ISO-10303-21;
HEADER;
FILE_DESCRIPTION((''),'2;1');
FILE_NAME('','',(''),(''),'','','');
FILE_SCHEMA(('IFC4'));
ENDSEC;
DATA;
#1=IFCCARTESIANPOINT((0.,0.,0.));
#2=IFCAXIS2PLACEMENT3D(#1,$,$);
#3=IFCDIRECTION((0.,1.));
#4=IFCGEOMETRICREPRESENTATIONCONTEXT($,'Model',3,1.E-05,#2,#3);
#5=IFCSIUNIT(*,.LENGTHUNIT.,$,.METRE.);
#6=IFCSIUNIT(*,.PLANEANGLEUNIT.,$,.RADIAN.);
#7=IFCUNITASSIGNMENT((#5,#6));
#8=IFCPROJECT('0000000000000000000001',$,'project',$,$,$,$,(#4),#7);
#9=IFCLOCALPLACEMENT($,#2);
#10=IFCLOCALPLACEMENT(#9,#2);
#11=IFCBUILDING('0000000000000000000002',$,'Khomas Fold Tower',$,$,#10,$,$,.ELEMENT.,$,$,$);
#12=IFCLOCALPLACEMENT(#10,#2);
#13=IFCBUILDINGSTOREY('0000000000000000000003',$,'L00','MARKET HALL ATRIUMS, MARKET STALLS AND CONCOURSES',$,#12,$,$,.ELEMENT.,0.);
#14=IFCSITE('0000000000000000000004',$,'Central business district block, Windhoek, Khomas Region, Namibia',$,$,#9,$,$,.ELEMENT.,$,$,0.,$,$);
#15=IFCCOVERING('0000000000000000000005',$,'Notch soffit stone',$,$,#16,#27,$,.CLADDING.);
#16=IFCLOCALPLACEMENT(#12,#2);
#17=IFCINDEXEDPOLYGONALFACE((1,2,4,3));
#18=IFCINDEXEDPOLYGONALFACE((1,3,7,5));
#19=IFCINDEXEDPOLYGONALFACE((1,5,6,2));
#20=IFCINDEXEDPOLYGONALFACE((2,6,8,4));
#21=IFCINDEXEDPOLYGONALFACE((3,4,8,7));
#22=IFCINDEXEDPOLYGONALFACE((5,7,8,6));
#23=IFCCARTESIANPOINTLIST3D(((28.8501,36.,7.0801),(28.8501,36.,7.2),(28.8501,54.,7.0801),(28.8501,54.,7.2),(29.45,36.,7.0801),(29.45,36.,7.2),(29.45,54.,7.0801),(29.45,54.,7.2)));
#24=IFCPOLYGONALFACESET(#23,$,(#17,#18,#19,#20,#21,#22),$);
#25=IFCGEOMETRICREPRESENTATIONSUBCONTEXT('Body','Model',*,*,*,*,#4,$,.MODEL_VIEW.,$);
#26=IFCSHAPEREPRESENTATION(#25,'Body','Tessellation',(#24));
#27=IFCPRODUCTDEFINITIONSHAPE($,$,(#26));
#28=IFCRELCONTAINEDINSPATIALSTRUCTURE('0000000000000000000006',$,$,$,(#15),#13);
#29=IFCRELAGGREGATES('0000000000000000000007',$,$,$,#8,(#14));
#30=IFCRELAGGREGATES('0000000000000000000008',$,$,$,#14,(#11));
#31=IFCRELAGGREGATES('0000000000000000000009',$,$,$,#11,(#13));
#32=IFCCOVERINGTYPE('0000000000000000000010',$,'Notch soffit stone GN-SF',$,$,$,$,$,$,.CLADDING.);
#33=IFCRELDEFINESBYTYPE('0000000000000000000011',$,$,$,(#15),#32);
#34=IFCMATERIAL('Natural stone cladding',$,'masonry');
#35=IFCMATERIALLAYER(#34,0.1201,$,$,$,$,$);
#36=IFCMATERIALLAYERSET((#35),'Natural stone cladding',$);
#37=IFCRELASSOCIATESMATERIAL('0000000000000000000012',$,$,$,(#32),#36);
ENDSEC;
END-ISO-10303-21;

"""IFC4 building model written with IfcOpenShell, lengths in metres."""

from ifc_helpers import new_model, si_unit, direction, frame, origin, place, context, subcontext, project, spatial, polyline, outline, extrude, source, transform, mapped, material, layer, layer_set, type_object, element, save


model = new_model("IFC4")

# Units and contexts
model_context = context("Model", 3, precision=1e-05, world=origin(), true_north=direction((0.0, 1.0)))
body_context = subcontext(model_context, "Body", "Model", "MODEL_VIEW")
ifc_project = project(units=[si_unit("LENGTHUNIT", "METRE"), si_unit("PLANEANGLEUNIT", "RADIAN")], contexts=[model_context])

# Site, building, storey
site_placement = place(None, origin())
site = spatial("IfcSite", under=ifc_project, at=site_placement, Name="Central business district block, Windhoek, Khomas Region, Namibia", CompositionType="ELEMENT", RefElevation=0.0)
building_placement = place(site_placement, origin())
building = spatial("IfcBuilding", under=site, at=building_placement, Name="Khomas Fold Tower", CompositionType="ELEMENT")
storey_placement = place(building_placement, origin())
storey = spatial("IfcBuildingStorey", under=building, at=storey_placement, Name="L00", Description="MARKET HALL ATRIUMS, MARKET STALLS AND CONCOURSES", CompositionType="ELEMENT", Elevation=0.0)

# Covering
ifc_material_1 = material(Name="Natural stone cladding", Category="masonry")
ifc_layer_1 = layer(ifc_material_1, 0.1201)
ifc_layer_set_1 = layer_set([ifc_layer_1], Name="Natural stone cladding")
covering_type = type_object("IfcCoveringType", Name="Notch soffit stone GN-SF", PredefinedType="CLADDING", material=ifc_layer_set_1)
shared_shape_1 = source(origin(), body_context, "Body", "SweptSolid", [
    extrude(outline(polyline([(29.45, 36.0), (29.45, 54.0), (28.8501, 54.0), (28.8501, 36.0), (29.45, 36.0)])), origin(), (0.0, 0.0, 1.0), 0.1199),
])
covering_1_placement = place(storey_placement, frame((0.0, 0.0, 7.0801)))
element("IfcCovering", 1, at=covering_1_placement, inside=storey, type_object=covering_type, Name="Notch soffit stone", PredefinedType="CLADDING", context=body_context, shape_type="MappedRepresentation", body=[
    mapped(shared_shape_1, transform((0.0, 0.0, 0.0))),
])

save(model, "model.ifc")
